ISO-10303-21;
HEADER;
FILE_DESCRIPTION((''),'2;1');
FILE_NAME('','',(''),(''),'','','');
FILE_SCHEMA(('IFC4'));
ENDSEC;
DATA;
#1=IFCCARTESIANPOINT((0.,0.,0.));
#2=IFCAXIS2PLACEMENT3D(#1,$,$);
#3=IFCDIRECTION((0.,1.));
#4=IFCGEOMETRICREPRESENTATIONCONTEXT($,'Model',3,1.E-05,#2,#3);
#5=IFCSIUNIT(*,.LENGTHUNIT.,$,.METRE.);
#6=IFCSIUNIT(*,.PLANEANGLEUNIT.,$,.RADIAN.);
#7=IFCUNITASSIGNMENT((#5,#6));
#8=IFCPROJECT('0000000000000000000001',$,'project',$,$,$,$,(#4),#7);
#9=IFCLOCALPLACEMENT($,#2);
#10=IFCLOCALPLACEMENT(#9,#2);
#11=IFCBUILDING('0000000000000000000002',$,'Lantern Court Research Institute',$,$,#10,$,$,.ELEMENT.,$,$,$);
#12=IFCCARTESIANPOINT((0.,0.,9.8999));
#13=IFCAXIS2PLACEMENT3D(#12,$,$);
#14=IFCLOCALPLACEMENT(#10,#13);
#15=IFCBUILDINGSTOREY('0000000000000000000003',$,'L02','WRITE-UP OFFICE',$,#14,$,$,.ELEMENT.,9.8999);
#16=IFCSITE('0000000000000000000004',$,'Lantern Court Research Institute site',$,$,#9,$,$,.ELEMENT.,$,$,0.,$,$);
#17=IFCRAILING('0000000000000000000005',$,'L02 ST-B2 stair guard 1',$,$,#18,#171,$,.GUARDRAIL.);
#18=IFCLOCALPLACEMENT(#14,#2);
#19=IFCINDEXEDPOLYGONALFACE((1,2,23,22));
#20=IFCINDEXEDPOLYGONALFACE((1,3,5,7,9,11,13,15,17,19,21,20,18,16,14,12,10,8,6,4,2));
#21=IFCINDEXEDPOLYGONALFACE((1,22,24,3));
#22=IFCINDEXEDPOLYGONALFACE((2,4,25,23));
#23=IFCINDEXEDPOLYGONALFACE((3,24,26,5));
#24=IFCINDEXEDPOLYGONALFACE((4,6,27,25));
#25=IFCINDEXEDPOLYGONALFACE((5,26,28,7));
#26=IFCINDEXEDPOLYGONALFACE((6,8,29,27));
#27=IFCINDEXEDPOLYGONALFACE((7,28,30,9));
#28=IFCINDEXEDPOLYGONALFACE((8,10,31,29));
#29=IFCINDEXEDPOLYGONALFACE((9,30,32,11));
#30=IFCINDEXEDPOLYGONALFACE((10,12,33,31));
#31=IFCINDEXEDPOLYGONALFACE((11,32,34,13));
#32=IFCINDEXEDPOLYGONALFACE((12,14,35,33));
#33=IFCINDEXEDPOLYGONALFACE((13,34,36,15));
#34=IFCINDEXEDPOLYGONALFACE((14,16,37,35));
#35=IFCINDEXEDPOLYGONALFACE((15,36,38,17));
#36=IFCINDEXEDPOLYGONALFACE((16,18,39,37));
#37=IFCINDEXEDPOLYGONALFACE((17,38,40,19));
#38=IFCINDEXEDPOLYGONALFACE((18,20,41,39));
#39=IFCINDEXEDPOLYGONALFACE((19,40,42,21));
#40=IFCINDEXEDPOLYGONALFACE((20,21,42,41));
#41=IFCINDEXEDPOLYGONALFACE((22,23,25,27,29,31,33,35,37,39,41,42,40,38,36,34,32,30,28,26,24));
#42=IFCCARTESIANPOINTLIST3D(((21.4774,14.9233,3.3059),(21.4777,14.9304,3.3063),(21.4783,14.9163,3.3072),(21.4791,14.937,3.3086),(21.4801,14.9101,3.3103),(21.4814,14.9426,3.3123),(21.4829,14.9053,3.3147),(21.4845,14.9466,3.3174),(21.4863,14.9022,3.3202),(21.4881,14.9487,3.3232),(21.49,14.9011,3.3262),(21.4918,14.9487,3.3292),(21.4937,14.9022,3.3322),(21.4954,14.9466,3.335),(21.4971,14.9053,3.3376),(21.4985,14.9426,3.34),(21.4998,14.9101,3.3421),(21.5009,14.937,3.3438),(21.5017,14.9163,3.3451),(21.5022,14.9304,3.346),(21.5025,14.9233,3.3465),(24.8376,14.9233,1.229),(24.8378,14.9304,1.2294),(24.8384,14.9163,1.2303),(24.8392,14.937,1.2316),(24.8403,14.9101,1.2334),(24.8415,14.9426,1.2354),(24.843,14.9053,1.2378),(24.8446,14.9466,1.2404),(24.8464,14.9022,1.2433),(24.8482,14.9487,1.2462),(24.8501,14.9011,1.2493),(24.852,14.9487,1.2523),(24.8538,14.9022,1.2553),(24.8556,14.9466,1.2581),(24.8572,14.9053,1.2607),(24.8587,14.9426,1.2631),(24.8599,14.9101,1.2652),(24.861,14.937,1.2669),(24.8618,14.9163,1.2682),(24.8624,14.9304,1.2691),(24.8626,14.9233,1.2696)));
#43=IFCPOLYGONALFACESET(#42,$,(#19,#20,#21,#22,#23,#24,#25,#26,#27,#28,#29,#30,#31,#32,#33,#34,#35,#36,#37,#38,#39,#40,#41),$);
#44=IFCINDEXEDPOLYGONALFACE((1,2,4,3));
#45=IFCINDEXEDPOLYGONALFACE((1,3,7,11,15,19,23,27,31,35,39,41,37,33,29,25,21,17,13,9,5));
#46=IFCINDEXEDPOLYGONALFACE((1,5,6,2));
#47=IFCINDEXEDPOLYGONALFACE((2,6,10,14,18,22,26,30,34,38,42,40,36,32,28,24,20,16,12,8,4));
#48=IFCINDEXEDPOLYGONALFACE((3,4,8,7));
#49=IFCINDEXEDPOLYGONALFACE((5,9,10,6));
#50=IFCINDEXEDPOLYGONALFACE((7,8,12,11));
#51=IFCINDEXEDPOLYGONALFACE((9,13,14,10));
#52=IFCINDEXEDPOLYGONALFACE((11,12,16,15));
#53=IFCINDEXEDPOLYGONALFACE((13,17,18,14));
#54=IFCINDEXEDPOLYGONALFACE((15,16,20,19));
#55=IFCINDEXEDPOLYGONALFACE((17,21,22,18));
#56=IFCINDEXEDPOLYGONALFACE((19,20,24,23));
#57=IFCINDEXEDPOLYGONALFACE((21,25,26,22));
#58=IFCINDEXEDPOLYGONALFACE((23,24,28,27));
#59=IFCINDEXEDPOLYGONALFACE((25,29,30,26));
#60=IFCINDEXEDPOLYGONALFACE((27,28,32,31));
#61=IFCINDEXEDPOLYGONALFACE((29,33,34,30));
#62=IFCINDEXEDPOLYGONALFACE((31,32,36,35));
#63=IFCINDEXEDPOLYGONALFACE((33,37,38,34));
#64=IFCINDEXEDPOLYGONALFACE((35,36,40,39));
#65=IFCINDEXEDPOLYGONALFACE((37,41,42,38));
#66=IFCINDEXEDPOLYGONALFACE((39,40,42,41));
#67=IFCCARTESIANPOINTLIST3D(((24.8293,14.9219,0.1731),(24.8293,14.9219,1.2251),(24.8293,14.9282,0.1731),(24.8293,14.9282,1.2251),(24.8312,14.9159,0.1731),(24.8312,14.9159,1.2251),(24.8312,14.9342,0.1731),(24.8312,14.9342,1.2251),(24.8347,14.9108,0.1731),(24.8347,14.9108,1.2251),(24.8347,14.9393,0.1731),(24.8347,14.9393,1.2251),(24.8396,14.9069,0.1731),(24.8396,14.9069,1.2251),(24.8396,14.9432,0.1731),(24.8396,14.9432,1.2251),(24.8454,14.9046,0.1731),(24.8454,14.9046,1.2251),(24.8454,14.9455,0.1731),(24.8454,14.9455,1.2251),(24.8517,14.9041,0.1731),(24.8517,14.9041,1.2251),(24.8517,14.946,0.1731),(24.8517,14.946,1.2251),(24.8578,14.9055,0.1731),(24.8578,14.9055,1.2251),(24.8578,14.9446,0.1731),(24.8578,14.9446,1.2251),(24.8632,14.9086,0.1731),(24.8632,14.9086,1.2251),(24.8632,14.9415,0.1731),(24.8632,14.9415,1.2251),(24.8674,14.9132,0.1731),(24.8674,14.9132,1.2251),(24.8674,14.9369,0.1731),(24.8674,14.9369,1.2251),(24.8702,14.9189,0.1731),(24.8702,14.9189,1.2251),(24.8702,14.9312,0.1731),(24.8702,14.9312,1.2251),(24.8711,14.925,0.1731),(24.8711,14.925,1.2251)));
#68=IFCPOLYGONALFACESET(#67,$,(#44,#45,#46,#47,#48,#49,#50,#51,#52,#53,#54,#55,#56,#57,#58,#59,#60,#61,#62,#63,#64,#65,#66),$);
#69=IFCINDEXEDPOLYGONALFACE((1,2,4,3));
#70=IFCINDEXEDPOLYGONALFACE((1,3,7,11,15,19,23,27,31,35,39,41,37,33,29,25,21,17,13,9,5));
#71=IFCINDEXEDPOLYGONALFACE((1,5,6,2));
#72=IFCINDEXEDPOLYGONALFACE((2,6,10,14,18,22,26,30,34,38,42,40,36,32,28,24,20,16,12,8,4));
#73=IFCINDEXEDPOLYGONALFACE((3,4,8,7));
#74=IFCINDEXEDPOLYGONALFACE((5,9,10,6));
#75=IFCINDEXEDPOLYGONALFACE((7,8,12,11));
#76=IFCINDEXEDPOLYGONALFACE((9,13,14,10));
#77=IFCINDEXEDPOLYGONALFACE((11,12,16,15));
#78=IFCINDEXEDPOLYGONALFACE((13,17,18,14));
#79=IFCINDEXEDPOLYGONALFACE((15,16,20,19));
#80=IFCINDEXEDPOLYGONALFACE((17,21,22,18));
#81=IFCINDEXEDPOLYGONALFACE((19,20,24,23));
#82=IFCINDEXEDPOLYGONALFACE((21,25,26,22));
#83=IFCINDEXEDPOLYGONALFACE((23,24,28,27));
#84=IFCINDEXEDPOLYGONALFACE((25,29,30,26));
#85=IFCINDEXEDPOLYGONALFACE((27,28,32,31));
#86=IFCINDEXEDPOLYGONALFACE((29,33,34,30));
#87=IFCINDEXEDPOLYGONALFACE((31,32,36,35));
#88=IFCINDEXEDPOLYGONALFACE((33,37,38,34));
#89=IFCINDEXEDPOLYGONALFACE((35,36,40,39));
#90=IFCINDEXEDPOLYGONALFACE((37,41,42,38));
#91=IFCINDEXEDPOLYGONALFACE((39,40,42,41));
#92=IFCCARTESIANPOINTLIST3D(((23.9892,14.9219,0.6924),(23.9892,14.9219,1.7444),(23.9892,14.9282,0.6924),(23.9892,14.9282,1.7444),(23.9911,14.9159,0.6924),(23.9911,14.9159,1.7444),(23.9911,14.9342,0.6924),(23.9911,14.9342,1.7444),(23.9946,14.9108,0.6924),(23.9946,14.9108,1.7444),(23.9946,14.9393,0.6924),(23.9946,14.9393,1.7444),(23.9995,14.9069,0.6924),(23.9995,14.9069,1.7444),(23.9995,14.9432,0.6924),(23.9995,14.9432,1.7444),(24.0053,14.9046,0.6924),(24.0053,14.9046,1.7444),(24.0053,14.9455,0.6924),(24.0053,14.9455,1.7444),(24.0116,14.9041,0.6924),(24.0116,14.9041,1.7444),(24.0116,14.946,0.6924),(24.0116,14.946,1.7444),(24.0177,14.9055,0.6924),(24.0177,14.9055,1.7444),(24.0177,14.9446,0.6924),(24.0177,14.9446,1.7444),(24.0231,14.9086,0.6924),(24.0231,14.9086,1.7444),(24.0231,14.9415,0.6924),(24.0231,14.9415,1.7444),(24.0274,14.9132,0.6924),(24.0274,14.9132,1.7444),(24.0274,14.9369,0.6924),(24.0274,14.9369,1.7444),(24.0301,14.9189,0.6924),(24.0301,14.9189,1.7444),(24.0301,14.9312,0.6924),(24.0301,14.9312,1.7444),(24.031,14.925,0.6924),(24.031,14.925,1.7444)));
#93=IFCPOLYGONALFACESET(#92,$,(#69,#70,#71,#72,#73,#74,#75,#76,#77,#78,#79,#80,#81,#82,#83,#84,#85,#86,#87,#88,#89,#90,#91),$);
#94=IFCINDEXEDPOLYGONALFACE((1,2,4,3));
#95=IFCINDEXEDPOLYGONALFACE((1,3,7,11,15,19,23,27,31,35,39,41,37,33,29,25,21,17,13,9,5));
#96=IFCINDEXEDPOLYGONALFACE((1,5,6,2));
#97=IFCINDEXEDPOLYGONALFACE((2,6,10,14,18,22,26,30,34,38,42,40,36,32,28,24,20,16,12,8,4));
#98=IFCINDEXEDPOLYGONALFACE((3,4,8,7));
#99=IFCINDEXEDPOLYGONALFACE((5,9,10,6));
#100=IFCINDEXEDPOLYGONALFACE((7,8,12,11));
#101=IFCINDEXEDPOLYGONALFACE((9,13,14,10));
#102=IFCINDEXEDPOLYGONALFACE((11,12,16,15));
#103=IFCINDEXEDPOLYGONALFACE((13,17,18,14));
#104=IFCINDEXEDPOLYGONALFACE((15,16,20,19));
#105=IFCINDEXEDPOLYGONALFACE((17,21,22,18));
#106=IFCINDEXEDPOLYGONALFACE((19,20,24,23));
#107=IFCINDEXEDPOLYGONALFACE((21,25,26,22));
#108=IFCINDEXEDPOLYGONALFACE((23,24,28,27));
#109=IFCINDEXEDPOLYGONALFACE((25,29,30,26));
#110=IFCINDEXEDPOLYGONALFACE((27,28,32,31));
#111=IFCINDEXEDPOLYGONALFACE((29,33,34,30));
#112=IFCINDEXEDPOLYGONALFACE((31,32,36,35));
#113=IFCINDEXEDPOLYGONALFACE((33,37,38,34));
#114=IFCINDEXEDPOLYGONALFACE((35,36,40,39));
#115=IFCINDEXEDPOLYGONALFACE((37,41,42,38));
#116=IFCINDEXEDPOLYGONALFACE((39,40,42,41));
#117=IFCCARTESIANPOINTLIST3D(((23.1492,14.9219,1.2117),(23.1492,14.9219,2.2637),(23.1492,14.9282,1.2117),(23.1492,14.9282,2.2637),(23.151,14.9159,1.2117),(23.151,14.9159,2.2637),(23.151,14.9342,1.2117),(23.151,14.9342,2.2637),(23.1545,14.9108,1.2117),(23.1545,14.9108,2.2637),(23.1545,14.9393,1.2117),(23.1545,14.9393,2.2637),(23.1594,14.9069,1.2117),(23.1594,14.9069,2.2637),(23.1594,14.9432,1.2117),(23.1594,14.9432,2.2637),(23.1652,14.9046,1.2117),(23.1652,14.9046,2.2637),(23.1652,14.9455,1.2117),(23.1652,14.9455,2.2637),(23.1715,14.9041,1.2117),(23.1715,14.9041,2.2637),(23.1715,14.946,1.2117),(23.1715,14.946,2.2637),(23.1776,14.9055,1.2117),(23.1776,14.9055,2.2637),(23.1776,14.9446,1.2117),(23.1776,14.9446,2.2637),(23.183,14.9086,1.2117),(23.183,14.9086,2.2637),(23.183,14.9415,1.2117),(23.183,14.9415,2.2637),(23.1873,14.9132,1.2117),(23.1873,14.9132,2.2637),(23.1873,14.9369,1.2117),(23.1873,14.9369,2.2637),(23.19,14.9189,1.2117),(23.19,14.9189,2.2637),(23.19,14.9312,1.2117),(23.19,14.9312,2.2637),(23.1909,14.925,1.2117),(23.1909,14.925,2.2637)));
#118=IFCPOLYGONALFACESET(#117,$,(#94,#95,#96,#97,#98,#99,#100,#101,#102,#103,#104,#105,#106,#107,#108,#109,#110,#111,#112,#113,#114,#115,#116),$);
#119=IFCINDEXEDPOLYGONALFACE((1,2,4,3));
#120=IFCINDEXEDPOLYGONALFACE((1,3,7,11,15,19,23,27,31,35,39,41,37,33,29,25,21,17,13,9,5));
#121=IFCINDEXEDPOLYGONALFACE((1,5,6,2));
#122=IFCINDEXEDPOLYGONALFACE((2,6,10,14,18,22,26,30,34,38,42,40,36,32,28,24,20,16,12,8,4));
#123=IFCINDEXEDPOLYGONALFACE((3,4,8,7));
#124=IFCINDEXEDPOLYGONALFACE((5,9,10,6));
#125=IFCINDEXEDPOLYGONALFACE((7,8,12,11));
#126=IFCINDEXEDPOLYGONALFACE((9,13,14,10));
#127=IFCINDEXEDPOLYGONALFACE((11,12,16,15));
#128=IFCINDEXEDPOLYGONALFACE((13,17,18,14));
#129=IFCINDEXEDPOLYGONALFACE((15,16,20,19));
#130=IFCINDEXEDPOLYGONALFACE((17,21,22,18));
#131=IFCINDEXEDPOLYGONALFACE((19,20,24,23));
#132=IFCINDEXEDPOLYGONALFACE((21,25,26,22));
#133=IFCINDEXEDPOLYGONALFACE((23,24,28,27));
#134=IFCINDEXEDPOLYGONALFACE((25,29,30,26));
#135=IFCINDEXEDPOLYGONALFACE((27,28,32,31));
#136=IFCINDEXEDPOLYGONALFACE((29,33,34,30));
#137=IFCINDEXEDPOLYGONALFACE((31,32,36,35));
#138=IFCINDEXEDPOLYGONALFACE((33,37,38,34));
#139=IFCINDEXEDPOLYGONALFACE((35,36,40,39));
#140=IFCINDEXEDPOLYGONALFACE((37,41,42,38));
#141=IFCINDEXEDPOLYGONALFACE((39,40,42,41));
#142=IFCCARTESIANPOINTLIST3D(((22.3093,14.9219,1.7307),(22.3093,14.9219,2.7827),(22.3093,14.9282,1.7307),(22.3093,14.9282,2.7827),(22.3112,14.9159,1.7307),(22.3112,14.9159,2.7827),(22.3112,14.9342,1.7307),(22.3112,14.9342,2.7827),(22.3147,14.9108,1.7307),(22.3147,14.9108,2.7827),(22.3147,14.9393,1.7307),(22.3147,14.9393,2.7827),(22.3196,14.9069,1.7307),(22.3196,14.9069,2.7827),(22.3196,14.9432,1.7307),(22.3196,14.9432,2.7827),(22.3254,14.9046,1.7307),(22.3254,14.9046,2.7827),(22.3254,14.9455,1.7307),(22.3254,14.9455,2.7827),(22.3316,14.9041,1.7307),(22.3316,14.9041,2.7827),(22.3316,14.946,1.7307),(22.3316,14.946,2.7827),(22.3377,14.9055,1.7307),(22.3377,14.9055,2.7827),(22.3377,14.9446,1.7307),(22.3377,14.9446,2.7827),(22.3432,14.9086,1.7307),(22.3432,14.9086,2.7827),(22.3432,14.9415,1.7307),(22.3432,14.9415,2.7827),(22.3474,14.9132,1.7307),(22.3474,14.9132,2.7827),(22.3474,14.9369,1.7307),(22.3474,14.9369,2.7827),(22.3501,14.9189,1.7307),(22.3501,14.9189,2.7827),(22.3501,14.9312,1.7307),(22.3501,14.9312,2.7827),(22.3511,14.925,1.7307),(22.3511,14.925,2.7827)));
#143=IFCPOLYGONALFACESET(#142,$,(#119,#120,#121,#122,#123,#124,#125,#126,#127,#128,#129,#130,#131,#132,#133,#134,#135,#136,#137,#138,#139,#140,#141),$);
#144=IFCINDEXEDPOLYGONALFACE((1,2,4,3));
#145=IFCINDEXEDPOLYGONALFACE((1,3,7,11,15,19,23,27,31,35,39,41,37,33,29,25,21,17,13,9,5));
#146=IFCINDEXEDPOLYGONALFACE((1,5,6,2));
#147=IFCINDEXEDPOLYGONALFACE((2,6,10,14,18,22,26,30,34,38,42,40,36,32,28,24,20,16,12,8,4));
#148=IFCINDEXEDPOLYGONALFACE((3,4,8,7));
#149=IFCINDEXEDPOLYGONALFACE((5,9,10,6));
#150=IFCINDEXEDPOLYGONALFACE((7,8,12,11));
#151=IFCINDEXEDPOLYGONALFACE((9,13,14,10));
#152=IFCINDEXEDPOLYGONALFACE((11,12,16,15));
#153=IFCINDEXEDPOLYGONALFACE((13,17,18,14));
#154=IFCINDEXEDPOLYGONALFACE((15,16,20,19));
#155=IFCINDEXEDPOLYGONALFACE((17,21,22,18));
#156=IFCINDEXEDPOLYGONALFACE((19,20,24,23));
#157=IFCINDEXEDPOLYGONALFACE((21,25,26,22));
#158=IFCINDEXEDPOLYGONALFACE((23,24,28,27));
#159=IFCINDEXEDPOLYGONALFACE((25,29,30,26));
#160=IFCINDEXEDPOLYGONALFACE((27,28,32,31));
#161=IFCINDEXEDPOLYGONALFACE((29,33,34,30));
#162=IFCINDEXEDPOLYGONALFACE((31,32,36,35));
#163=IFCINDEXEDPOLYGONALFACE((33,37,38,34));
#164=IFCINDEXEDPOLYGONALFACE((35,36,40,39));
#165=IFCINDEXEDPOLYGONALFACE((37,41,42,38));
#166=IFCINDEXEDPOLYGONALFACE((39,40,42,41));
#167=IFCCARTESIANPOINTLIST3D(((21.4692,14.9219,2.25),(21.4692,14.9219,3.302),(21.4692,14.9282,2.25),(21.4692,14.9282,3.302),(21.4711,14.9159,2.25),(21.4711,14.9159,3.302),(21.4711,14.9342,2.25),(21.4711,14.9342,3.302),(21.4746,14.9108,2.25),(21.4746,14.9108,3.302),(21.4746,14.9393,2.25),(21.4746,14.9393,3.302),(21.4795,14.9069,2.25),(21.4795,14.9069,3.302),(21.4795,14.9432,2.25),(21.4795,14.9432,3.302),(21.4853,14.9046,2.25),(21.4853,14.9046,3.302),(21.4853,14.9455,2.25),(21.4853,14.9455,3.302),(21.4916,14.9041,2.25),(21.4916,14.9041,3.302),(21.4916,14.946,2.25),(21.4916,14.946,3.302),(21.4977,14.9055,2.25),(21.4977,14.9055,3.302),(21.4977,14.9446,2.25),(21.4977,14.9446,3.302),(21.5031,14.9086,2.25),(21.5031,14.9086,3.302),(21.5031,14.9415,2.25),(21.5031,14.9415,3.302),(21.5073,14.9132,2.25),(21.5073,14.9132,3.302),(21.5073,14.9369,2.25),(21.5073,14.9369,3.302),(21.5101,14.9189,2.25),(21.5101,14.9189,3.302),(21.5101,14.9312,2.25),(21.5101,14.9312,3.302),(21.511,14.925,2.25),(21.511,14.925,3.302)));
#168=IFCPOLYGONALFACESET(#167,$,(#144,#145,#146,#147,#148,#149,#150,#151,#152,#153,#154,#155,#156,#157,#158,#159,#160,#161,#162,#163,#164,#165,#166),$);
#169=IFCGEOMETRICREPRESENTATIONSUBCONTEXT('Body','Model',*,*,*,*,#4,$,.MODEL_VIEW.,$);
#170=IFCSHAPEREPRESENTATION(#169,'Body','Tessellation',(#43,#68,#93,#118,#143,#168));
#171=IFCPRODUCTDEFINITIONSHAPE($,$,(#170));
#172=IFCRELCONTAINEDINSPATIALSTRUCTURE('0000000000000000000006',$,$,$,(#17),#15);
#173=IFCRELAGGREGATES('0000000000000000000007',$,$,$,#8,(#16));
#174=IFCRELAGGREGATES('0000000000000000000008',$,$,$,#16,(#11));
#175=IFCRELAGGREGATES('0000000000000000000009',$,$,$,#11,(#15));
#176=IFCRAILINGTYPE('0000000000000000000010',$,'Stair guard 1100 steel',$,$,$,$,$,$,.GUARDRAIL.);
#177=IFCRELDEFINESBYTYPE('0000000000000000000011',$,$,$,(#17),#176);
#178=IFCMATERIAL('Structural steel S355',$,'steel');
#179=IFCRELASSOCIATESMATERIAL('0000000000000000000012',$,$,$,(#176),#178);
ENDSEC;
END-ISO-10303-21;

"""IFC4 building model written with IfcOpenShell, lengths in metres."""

from ifc_helpers import new_model, si_unit, direction, frame, origin, origin_2d, place, context, subcontext, project, spatial, circle, extrude, material, type_object, element, save


model = new_model("IFC4")

# Units and contexts
model_context = context("Model", 3, precision=1e-05, world=origin(), true_north=direction((0.0, 1.0)))
body_context = subcontext(model_context, "Body", "Model", "MODEL_VIEW")
ifc_project = project(units=[si_unit("LENGTHUNIT", "METRE"), si_unit("PLANEANGLEUNIT", "RADIAN")], contexts=[model_context])

# Site, building, storey
site_placement = place(None, origin())
site = spatial("IfcSite", under=ifc_project, at=site_placement, Name="Lantern Court Research Institute site", CompositionType="ELEMENT", RefElevation=0.0)
building_placement = place(site_placement, origin())
building = spatial("IfcBuilding", under=site, at=building_placement, Name="Lantern Court Research Institute", CompositionType="ELEMENT")
storey_placement = place(building_placement, frame((0.0, 0.0, 9.8999)))
storey = spatial("IfcBuildingStorey", under=building, at=storey_placement, Name="L02", Description="WRITE-UP OFFICE", CompositionType="ELEMENT", Elevation=9.8999)

# Railing
ifc_material_1 = material(Name="Structural steel S355", Category="steel")
railing_type_1 = type_object("IfcRailingType", Name="Stair guard 1100 steel", PredefinedType="GUARDRAIL", material=ifc_material_1)
railing_1_placement = place(storey_placement, frame((24.8501, 14.925, 0.1731)))
element("IfcRailing", 1, at=railing_1_placement, inside=storey, type_object=railing_type_1, Name="L02 ST-B2 stair guard 1", PredefinedType="GUARDRAIL", context=body_context, shape_type="SweptSolid", body=[
    extrude(circle(Radius=0.0239, at=origin_2d()), frame((0.0, 0.0, 1.0762), z_axis=(-0.850623, 0.0, 0.525776), x_axis=(0.0, -1.0, 0.0)), (0.0, 0.0, 1.0), 3.9502),
    extrude(circle(Radius=0.021, at=origin_2d()), origin(), (0.0, 0.0, 1.0), 1.052),
    extrude(circle(Radius=0.021, at=origin_2d()), frame((-0.8401, 0.0, 0.5193)), (0.0, 0.0, 1.0), 1.052),
    extrude(circle(Radius=0.021, at=origin_2d()), frame((-1.6802, 0.0, 1.0386)), (0.0, 0.0, 1.0), 1.052),
    extrude(circle(Radius=0.021, at=origin_2d()), frame((-2.52, 0.0, 1.5576)), (0.0, 0.0, 1.0), 1.052),
    extrude(circle(Radius=0.021, at=origin_2d()), frame((-3.3601, 0.0, 2.0769)), (0.0, 0.0, 1.0), 1.052),
])

save(model, "model.ifc")
